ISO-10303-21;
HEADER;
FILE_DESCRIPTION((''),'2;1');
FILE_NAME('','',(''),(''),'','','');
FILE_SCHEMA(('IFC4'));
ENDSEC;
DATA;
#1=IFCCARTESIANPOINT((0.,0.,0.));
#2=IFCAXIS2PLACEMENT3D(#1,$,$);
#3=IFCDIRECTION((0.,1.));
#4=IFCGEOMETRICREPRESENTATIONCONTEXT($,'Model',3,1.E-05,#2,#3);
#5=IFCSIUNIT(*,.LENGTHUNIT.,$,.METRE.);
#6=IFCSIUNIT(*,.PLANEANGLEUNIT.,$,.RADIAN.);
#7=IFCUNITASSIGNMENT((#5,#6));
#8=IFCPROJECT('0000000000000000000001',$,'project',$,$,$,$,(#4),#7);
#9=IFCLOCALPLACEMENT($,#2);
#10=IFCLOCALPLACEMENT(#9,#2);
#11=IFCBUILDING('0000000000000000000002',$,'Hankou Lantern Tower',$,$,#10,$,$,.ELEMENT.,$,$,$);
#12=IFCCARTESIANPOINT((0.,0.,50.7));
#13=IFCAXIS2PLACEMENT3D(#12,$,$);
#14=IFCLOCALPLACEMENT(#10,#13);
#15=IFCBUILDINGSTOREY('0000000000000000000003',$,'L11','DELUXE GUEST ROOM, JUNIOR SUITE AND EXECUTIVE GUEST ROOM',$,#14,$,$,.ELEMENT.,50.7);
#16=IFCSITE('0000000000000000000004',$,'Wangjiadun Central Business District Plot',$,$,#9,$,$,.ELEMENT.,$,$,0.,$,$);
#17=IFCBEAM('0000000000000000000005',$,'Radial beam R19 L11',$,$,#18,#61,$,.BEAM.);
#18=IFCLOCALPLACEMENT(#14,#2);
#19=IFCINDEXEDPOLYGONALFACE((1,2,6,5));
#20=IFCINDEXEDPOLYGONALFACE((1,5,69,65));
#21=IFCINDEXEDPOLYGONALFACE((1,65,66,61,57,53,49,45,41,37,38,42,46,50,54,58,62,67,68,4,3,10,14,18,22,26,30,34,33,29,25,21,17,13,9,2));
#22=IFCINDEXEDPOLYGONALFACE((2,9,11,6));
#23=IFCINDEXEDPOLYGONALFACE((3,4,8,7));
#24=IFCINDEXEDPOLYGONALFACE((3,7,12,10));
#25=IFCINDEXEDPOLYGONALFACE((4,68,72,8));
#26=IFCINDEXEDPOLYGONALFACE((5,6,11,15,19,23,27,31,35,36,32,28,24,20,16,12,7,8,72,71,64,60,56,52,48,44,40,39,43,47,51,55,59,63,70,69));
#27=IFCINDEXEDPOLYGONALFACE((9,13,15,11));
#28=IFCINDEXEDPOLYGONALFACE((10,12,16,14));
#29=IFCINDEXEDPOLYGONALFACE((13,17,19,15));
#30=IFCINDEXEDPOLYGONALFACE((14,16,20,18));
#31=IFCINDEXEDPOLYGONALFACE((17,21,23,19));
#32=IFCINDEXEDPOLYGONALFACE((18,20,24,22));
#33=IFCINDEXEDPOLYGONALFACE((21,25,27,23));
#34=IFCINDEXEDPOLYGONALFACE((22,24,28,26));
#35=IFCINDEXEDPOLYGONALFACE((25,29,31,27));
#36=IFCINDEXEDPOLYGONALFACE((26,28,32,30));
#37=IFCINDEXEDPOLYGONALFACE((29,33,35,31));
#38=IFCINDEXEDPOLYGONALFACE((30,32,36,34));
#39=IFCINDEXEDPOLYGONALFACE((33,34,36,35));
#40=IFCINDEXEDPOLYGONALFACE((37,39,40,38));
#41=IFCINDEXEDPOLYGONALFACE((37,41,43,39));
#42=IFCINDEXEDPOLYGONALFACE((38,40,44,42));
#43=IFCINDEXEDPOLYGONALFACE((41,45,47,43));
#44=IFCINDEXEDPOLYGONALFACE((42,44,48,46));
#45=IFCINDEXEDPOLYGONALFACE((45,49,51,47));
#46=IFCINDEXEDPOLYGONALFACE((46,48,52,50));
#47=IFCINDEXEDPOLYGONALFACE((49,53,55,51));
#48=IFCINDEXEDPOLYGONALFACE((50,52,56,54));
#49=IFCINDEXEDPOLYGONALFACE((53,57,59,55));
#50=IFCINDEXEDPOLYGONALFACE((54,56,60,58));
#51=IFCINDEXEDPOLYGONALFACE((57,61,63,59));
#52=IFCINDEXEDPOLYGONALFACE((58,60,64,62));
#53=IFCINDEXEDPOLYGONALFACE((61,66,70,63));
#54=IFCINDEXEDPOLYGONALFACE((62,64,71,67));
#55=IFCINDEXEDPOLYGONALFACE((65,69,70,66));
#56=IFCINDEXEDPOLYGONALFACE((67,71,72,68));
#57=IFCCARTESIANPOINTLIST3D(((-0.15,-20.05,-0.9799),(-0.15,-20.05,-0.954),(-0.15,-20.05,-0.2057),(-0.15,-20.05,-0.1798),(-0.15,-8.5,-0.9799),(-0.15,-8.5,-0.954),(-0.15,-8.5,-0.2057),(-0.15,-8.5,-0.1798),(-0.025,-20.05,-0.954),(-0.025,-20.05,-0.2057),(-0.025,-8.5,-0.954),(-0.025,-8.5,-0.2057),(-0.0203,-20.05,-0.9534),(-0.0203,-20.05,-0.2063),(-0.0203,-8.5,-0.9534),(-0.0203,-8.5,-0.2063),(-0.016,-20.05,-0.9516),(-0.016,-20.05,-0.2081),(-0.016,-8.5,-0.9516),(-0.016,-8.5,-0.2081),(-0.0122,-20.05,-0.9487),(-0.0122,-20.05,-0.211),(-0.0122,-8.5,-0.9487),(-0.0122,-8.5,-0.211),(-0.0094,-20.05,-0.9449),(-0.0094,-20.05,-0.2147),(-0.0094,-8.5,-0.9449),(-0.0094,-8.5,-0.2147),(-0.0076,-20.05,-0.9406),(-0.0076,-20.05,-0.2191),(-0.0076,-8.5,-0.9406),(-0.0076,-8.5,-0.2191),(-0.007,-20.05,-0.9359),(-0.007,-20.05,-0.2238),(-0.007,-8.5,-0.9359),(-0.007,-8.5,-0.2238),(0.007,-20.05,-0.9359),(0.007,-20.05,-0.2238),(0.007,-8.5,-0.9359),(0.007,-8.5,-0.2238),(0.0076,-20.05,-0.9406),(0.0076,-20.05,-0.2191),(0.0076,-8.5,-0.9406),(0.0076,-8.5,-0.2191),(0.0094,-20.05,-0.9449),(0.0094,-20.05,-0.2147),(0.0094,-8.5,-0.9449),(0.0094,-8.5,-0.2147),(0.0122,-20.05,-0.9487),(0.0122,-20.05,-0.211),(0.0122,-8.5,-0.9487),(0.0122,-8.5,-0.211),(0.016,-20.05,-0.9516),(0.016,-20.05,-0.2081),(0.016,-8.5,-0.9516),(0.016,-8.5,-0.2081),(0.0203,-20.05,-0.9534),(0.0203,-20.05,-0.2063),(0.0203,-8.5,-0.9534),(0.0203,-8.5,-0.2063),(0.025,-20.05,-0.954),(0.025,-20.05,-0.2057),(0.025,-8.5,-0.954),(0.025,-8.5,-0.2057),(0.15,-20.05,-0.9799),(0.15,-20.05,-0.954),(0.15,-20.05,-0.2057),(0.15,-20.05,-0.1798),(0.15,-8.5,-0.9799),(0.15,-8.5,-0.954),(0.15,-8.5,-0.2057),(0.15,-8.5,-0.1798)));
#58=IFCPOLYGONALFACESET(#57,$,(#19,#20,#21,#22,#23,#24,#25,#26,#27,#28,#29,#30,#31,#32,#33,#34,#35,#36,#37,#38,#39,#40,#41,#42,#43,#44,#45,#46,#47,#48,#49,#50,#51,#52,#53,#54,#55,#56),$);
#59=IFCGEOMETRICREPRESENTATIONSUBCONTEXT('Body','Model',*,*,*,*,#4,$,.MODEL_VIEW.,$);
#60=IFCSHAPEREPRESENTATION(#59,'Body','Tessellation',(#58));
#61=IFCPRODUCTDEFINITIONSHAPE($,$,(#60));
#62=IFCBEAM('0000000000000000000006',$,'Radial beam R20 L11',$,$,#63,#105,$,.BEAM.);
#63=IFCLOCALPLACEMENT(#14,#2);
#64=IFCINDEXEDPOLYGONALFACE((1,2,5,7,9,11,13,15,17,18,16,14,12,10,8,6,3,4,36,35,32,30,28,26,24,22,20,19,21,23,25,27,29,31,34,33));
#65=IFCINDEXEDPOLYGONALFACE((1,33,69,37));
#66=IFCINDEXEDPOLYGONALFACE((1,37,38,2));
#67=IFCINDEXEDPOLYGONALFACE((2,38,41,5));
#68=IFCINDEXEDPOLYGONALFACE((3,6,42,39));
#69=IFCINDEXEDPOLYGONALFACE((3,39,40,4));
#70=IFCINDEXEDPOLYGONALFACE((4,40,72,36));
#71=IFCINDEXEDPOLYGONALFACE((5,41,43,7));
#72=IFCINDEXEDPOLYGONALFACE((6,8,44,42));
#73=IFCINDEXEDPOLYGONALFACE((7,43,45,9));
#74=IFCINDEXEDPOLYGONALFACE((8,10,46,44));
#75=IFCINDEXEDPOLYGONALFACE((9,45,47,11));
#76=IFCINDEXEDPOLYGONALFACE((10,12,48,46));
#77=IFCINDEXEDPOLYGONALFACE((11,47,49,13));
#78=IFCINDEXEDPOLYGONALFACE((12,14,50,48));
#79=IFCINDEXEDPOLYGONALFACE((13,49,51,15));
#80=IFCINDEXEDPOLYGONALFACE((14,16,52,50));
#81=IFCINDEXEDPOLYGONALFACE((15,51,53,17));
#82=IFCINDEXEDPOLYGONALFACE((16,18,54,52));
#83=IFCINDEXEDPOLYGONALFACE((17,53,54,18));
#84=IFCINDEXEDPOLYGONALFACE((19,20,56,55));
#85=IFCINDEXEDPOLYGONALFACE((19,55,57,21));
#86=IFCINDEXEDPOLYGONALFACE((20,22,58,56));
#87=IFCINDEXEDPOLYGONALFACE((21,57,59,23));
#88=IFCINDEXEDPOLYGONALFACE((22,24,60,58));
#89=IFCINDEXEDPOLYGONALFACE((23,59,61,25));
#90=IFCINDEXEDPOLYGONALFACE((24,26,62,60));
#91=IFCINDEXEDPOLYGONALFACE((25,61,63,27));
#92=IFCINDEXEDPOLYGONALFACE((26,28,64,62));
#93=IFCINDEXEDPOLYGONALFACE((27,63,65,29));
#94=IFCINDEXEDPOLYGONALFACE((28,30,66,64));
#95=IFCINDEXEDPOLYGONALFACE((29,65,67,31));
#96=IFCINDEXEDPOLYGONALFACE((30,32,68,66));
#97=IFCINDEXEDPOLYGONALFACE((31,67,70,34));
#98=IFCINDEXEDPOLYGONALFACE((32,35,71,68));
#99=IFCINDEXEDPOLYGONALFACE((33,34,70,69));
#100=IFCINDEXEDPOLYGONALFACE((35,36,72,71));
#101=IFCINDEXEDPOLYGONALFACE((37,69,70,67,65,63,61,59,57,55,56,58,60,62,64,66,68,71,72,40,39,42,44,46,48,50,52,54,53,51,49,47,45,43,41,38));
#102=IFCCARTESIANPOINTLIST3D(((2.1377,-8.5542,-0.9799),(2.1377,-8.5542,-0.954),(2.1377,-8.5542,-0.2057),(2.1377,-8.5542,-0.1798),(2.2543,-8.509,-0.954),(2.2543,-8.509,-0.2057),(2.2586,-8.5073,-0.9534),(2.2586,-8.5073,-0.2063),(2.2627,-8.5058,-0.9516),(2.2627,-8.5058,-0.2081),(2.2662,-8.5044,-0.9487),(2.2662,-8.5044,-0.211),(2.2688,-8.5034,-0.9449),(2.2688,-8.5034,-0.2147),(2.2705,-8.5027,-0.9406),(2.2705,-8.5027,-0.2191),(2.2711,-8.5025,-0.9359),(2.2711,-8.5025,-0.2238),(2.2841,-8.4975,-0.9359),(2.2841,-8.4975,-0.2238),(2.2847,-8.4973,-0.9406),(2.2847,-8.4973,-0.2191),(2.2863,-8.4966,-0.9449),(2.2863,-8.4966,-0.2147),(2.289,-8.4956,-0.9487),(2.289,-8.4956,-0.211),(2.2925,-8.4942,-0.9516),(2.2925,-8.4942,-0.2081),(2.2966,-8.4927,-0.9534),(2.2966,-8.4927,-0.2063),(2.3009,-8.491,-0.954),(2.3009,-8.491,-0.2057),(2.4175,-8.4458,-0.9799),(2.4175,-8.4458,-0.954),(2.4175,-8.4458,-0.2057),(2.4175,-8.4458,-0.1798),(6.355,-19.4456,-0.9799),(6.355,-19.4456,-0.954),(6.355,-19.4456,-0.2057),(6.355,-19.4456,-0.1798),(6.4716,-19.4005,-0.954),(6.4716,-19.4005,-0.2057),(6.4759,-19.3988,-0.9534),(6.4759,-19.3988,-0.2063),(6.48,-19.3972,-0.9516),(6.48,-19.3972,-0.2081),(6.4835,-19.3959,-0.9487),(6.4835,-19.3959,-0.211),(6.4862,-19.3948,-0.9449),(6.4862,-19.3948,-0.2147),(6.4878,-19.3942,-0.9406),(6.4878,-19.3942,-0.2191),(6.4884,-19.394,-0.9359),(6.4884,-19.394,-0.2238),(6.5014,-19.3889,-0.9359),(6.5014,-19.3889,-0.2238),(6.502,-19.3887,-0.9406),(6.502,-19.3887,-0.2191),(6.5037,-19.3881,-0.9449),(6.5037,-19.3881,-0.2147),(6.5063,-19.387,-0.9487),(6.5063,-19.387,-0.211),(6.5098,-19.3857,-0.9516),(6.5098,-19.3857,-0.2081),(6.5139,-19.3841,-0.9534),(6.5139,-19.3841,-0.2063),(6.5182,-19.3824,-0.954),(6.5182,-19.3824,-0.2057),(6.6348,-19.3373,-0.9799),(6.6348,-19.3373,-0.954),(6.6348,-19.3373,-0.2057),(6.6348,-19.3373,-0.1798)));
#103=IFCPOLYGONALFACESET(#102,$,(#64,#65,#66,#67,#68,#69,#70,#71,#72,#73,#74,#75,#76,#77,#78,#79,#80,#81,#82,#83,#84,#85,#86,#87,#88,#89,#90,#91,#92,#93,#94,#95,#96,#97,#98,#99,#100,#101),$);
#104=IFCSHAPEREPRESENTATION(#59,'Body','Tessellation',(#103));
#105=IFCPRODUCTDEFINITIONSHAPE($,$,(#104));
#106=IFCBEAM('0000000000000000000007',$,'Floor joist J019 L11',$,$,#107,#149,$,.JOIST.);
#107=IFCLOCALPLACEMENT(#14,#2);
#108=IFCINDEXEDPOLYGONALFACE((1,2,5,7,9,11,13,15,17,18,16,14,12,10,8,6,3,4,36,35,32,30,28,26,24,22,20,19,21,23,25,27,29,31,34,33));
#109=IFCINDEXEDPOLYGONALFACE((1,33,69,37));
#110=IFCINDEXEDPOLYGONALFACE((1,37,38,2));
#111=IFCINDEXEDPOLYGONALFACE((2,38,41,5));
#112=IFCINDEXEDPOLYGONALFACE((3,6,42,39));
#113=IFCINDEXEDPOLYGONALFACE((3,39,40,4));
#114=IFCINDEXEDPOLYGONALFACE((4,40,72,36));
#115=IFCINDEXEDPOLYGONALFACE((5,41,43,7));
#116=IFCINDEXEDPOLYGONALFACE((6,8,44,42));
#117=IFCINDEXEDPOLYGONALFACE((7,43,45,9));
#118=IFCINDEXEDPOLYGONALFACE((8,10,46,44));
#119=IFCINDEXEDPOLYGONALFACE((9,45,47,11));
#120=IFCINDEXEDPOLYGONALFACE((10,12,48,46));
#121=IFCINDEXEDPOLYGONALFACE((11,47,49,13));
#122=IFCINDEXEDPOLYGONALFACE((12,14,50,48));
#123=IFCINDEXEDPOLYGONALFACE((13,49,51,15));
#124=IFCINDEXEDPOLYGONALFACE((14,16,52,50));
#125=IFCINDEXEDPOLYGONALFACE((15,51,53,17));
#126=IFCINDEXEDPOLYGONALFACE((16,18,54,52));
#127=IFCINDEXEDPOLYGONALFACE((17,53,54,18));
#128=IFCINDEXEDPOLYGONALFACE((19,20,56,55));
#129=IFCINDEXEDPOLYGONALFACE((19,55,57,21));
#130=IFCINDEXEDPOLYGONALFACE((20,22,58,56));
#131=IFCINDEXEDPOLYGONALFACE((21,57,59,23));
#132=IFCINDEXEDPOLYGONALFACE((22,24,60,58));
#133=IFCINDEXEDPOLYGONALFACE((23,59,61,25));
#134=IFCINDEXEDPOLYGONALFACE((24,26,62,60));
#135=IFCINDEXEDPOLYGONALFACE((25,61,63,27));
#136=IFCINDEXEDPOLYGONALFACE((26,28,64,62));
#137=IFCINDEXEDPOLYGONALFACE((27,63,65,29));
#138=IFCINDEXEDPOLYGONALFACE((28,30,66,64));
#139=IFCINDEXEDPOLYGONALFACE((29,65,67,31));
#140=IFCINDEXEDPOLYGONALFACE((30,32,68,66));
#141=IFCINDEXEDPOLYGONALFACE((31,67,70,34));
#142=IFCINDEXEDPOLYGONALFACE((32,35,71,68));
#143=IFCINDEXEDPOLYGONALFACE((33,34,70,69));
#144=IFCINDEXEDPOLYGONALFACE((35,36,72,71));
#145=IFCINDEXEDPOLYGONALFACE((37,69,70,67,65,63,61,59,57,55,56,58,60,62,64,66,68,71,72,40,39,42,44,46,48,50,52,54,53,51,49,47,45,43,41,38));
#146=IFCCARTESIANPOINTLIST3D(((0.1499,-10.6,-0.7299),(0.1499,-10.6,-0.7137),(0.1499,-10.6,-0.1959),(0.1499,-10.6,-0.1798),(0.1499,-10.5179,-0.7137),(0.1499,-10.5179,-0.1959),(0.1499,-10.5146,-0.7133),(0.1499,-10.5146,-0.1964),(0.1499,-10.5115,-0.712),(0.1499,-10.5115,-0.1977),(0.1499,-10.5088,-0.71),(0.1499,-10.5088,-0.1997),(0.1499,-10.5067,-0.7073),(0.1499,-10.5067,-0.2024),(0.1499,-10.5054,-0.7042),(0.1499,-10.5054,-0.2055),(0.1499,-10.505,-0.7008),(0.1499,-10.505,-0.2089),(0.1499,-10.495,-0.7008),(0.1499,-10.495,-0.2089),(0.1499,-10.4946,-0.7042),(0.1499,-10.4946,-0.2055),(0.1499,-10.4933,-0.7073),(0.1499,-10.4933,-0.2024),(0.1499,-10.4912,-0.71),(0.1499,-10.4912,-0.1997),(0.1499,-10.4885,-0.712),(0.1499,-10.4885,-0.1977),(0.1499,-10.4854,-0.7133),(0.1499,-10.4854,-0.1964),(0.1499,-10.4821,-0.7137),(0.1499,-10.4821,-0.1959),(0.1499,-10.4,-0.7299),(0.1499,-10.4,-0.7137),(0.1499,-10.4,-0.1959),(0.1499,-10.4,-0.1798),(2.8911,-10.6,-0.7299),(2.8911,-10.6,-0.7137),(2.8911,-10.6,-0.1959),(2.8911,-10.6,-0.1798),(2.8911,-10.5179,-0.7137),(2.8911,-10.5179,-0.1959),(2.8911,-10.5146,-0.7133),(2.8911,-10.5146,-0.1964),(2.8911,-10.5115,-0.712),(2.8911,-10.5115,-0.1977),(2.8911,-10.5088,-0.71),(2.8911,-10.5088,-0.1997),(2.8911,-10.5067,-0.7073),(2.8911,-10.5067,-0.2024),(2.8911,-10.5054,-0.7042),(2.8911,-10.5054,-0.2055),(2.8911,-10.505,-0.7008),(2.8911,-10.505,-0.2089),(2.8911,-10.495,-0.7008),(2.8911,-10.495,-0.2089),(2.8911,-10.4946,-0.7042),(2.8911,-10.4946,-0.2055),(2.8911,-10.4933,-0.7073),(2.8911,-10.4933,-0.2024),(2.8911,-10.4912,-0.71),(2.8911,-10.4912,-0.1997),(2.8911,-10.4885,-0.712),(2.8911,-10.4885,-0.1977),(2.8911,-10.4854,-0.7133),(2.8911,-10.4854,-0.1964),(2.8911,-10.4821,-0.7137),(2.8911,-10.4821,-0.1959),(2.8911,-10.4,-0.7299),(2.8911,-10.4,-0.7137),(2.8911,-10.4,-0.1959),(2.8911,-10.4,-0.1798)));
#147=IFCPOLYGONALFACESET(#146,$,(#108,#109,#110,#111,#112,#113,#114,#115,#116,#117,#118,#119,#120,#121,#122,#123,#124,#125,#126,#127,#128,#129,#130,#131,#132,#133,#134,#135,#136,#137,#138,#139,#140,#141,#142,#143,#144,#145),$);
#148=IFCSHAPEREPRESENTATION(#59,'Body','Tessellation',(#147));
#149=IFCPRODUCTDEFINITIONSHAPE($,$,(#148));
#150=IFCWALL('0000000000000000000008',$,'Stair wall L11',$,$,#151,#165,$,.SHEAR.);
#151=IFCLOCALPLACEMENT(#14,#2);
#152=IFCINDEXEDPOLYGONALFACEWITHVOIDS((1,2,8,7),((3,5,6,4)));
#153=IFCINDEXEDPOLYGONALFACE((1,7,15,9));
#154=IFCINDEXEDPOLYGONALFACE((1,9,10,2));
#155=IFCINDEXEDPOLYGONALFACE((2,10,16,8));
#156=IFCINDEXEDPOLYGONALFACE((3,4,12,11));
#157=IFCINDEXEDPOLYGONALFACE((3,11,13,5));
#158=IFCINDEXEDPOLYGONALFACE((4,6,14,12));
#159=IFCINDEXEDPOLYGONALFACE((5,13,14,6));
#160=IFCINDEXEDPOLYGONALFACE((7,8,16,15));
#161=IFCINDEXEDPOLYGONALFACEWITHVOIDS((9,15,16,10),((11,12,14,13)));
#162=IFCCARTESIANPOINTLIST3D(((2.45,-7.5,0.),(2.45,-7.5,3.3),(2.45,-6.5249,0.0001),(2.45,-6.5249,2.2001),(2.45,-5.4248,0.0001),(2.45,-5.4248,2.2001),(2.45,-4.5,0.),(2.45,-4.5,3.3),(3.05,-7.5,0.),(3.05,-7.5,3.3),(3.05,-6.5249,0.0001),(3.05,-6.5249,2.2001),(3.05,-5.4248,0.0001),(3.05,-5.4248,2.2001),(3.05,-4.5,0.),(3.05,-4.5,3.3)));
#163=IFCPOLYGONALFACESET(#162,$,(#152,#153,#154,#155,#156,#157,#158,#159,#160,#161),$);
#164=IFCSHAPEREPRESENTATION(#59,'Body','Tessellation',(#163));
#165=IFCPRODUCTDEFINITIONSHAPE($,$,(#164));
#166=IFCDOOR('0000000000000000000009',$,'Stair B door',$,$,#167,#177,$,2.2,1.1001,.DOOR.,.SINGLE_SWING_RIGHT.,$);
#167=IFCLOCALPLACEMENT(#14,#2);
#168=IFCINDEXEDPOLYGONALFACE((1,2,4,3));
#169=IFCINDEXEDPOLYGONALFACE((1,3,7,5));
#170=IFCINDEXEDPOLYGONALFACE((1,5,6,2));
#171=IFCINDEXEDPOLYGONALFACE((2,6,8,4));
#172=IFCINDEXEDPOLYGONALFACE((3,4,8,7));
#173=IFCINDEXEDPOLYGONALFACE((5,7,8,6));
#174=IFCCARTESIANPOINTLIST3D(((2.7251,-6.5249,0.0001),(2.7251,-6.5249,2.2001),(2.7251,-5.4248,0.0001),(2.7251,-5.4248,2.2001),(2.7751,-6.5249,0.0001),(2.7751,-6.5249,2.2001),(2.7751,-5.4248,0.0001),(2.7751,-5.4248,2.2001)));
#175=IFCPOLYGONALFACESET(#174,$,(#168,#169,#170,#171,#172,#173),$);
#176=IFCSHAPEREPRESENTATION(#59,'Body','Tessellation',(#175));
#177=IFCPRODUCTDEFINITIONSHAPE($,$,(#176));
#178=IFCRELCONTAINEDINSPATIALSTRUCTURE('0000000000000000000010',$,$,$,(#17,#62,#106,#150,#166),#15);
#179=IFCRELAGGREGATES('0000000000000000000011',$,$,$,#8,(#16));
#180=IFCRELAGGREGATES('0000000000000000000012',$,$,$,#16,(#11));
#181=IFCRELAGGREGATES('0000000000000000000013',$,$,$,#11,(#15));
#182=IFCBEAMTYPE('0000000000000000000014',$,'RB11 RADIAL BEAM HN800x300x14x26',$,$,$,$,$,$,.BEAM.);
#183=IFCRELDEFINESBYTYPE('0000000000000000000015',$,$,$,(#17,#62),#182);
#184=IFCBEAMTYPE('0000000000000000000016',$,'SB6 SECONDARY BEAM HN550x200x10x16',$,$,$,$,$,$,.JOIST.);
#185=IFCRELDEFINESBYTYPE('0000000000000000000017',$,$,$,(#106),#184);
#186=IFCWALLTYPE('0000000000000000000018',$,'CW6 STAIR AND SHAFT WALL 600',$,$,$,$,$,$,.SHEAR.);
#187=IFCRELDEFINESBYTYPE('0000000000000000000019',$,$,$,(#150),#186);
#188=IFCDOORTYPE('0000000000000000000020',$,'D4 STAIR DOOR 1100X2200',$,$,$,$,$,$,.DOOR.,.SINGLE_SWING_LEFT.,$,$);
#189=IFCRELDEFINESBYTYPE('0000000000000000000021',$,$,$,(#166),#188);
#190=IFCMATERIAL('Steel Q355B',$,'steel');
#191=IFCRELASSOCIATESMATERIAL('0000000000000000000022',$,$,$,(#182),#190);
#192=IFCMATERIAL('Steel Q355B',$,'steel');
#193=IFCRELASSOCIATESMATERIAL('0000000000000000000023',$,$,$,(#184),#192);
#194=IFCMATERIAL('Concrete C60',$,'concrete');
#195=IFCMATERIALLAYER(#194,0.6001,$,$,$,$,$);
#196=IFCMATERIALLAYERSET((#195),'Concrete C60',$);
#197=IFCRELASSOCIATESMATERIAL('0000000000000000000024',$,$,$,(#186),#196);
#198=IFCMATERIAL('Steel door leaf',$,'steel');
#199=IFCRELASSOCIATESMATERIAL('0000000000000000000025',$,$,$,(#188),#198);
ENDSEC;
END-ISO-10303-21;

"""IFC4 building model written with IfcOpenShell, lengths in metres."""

from ifc_helpers import new_model, si_unit, direction, frame, frame_2d, origin, origin_2d, place, context, subcontext, project, spatial, rectangle, i_section, extrude, material, layer, layer_set, material_profile, profile_set, type_object, element, fill, save


model = new_model("IFC4")

# Units and contexts
model_context = context("Model", 3, precision=1e-05, world=origin(), true_north=direction((0.0, 1.0)))
body_context = subcontext(model_context, "Body", "Model", "MODEL_VIEW")
ifc_project = project(units=[si_unit("LENGTHUNIT", "METRE"), si_unit("PLANEANGLEUNIT", "RADIAN")], contexts=[model_context])

# Site, building, storey
site_placement = place(None, origin())
site = spatial("IfcSite", under=ifc_project, at=site_placement, Name="Wangjiadun Central Business District Plot", CompositionType="ELEMENT", RefElevation=0.0)
building_placement = place(site_placement, origin())
building = spatial("IfcBuilding", under=site, at=building_placement, Name="Hankou Lantern Tower", CompositionType="ELEMENT")
storey_placement = place(building_placement, frame((0.0, 0.0, 50.7)))
storey = spatial("IfcBuildingStorey", under=building, at=storey_placement, Name="L11", Description="DELUXE GUEST ROOM, JUNIOR SUITE AND EXECUTIVE GUEST ROOM", CompositionType="ELEMENT", Elevation=50.7)

# Beams
ifc_material_1 = material(Name="Steel Q355B", Category="steel")
ifc_material_profile_1 = material_profile(ifc_material_1, i_section(OverallWidth=0.3, OverallDepth=0.8, WebThickness=0.0139, FlangeThickness=0.0259, FilletRadius=0.0181, at=origin_2d()), Name="HN800x300x14x26")
ifc_profile_set_1 = profile_set([ifc_material_profile_1], Name="Steel Q355B")
beam_type_1 = type_object("IfcBeamType", Name="RB11 RADIAL BEAM HN800x300x14x26", PredefinedType="BEAM", material=ifc_profile_set_1)
beam_1_placement = place(storey_placement, frame((0.0, -8.5, -0.5798), z_axis=(0.0, -1.0, 0.0), x_axis=(1.0, 0.0, 0.0)))
element("IfcBeam", 1, at=beam_1_placement, inside=storey, type_object=beam_type_1, Name="Radial beam R19 L11", PredefinedType="BEAM", context=body_context, shape_type="SweptSolid", body=[
    extrude(i_section(OverallWidth=0.3, OverallDepth=0.8, WebThickness=0.0139, FlangeThickness=0.0259, FilletRadius=0.0181, at=origin_2d()), origin(), (0.0, 0.0, 1.0), 11.55),
])
beam_2_placement = place(storey_placement, frame((2.2776, -8.5, -0.5798), z_axis=(0.361089, -0.932531, 0.0), x_axis=(0.932531, 0.361089, 0.0)))
element("IfcBeam", 2, at=beam_2_placement, inside=storey, type_object=beam_type_1, Name="Radial beam R20 L11", PredefinedType="BEAM", context=body_context, shape_type="SweptSolid", body=[
    extrude(i_section(OverallWidth=0.3, OverallDepth=0.8, WebThickness=0.0139, FlangeThickness=0.0259, FilletRadius=0.0181, at=origin_2d()), origin(), (0.0, 0.0, 1.0), 11.6794),
])
ifc_material_2 = material(Name="Steel Q355B", Category="steel")
ifc_material_profile_2 = material_profile(ifc_material_2, i_section(OverallWidth=0.2, OverallDepth=0.55, WebThickness=0.01, FlangeThickness=0.0161, FilletRadius=0.0129, at=origin_2d()), Name="HN550x200x10x16")
ifc_profile_set_2 = profile_set([ifc_material_profile_2], Name="Steel Q355B")
beam_type_2 = type_object("IfcBeamType", Name="SB6 SECONDARY BEAM HN550x200x10x16", PredefinedType="JOIST", material=ifc_profile_set_2)
beam_3_placement = place(storey_placement, frame((0.1499, -10.5, -0.4548), z_axis=(1.0, 0.0, 0.0), x_axis=(0.0, 1.0, 0.0)))
element("IfcBeam", 3, at=beam_3_placement, inside=storey, type_object=beam_type_2, Name="Floor joist J019 L11", PredefinedType="JOIST", context=body_context, shape_type="SweptSolid", body=[
    extrude(i_section(OverallWidth=0.2, OverallDepth=0.55, WebThickness=0.01, FlangeThickness=0.0161, FilletRadius=0.0129, at=origin_2d()), origin(), (0.0, 0.0, 1.0), 2.7412),
])

# Wall, opening, door
ifc_material_3 = material(Name="Concrete C60", Category="concrete")
ifc_layer_1 = layer(ifc_material_3, 0.6001)
ifc_layer_set_1 = layer_set([ifc_layer_1], Name="Concrete C60")
wall_type_1 = type_object("IfcWallType", Name="CW6 STAIR AND SHAFT WALL 600", PredefinedType="SHEAR", material=ifc_layer_set_1)
wall_1_placement = place(storey_placement, frame((2.75, -7.5, 0.0), z_axis=(0.0, 0.0, 1.0), x_axis=(0.0, 1.0, 0.0)))
wall_1 = element("IfcWall", 4, at=wall_1_placement, inside=storey, type_object=wall_type_1, Name="Stair wall L11", PredefinedType="SHEAR", context=body_context, shape_type="SweptSolid", body=[
    extrude(rectangle(XDim=3.0, YDim=0.6001, at=frame_2d((1.5, 0.0))), origin(), (0.0, 0.0, 1.0), 3.3),
])
opening_1_placement = place(wall_1_placement, frame((0.9751, 0.0, 0.0)))
opening_1 = element("IfcOpeningElement", 5, at=opening_1_placement, cuts=wall_1, PredefinedType="OPENING", context=body_context, shape_type="SweptSolid", body=[
    extrude(rectangle(XDim=1.1001, YDim=2.2, at=frame_2d((0.55, 1.1001))), frame((0.0, 0.3101, 0.0), z_axis=(0.0, -1.0, 0.0), x_axis=(1.0, 0.0, 0.0)), (0.0, 0.0, 1.0), 0.6201),
])
ifc_material_4 = material(Name="Steel door leaf", Category="steel")
door_type_1 = type_object("IfcDoorType", Name="D4 STAIR DOOR 1100X2200", OperationType="SINGLE_SWING_LEFT", PredefinedType="DOOR", material=ifc_material_4)
door_1_placement = place(opening_1_placement, origin())
door_1 = element("IfcDoor", 6, at=door_1_placement, inside=storey, type_object=door_type_1, Name="Stair B door", OperationType="SINGLE_SWING_RIGHT", OverallHeight=2.2, OverallWidth=1.1001, PredefinedType="DOOR", context=body_context, shape_type="SweptSolid", body=[
    extrude(rectangle(XDim=1.1001, YDim=2.2, at=frame_2d((0.55, 1.1001))), frame((0.0, 0.0249, 0.0), z_axis=(0.0, -1.0, 0.0), x_axis=(1.0, 0.0, 0.0)), (0.0, 0.0, 1.0), 0.05),
])
fill(opening_1, door_1)

save(model, "model.ifc")
